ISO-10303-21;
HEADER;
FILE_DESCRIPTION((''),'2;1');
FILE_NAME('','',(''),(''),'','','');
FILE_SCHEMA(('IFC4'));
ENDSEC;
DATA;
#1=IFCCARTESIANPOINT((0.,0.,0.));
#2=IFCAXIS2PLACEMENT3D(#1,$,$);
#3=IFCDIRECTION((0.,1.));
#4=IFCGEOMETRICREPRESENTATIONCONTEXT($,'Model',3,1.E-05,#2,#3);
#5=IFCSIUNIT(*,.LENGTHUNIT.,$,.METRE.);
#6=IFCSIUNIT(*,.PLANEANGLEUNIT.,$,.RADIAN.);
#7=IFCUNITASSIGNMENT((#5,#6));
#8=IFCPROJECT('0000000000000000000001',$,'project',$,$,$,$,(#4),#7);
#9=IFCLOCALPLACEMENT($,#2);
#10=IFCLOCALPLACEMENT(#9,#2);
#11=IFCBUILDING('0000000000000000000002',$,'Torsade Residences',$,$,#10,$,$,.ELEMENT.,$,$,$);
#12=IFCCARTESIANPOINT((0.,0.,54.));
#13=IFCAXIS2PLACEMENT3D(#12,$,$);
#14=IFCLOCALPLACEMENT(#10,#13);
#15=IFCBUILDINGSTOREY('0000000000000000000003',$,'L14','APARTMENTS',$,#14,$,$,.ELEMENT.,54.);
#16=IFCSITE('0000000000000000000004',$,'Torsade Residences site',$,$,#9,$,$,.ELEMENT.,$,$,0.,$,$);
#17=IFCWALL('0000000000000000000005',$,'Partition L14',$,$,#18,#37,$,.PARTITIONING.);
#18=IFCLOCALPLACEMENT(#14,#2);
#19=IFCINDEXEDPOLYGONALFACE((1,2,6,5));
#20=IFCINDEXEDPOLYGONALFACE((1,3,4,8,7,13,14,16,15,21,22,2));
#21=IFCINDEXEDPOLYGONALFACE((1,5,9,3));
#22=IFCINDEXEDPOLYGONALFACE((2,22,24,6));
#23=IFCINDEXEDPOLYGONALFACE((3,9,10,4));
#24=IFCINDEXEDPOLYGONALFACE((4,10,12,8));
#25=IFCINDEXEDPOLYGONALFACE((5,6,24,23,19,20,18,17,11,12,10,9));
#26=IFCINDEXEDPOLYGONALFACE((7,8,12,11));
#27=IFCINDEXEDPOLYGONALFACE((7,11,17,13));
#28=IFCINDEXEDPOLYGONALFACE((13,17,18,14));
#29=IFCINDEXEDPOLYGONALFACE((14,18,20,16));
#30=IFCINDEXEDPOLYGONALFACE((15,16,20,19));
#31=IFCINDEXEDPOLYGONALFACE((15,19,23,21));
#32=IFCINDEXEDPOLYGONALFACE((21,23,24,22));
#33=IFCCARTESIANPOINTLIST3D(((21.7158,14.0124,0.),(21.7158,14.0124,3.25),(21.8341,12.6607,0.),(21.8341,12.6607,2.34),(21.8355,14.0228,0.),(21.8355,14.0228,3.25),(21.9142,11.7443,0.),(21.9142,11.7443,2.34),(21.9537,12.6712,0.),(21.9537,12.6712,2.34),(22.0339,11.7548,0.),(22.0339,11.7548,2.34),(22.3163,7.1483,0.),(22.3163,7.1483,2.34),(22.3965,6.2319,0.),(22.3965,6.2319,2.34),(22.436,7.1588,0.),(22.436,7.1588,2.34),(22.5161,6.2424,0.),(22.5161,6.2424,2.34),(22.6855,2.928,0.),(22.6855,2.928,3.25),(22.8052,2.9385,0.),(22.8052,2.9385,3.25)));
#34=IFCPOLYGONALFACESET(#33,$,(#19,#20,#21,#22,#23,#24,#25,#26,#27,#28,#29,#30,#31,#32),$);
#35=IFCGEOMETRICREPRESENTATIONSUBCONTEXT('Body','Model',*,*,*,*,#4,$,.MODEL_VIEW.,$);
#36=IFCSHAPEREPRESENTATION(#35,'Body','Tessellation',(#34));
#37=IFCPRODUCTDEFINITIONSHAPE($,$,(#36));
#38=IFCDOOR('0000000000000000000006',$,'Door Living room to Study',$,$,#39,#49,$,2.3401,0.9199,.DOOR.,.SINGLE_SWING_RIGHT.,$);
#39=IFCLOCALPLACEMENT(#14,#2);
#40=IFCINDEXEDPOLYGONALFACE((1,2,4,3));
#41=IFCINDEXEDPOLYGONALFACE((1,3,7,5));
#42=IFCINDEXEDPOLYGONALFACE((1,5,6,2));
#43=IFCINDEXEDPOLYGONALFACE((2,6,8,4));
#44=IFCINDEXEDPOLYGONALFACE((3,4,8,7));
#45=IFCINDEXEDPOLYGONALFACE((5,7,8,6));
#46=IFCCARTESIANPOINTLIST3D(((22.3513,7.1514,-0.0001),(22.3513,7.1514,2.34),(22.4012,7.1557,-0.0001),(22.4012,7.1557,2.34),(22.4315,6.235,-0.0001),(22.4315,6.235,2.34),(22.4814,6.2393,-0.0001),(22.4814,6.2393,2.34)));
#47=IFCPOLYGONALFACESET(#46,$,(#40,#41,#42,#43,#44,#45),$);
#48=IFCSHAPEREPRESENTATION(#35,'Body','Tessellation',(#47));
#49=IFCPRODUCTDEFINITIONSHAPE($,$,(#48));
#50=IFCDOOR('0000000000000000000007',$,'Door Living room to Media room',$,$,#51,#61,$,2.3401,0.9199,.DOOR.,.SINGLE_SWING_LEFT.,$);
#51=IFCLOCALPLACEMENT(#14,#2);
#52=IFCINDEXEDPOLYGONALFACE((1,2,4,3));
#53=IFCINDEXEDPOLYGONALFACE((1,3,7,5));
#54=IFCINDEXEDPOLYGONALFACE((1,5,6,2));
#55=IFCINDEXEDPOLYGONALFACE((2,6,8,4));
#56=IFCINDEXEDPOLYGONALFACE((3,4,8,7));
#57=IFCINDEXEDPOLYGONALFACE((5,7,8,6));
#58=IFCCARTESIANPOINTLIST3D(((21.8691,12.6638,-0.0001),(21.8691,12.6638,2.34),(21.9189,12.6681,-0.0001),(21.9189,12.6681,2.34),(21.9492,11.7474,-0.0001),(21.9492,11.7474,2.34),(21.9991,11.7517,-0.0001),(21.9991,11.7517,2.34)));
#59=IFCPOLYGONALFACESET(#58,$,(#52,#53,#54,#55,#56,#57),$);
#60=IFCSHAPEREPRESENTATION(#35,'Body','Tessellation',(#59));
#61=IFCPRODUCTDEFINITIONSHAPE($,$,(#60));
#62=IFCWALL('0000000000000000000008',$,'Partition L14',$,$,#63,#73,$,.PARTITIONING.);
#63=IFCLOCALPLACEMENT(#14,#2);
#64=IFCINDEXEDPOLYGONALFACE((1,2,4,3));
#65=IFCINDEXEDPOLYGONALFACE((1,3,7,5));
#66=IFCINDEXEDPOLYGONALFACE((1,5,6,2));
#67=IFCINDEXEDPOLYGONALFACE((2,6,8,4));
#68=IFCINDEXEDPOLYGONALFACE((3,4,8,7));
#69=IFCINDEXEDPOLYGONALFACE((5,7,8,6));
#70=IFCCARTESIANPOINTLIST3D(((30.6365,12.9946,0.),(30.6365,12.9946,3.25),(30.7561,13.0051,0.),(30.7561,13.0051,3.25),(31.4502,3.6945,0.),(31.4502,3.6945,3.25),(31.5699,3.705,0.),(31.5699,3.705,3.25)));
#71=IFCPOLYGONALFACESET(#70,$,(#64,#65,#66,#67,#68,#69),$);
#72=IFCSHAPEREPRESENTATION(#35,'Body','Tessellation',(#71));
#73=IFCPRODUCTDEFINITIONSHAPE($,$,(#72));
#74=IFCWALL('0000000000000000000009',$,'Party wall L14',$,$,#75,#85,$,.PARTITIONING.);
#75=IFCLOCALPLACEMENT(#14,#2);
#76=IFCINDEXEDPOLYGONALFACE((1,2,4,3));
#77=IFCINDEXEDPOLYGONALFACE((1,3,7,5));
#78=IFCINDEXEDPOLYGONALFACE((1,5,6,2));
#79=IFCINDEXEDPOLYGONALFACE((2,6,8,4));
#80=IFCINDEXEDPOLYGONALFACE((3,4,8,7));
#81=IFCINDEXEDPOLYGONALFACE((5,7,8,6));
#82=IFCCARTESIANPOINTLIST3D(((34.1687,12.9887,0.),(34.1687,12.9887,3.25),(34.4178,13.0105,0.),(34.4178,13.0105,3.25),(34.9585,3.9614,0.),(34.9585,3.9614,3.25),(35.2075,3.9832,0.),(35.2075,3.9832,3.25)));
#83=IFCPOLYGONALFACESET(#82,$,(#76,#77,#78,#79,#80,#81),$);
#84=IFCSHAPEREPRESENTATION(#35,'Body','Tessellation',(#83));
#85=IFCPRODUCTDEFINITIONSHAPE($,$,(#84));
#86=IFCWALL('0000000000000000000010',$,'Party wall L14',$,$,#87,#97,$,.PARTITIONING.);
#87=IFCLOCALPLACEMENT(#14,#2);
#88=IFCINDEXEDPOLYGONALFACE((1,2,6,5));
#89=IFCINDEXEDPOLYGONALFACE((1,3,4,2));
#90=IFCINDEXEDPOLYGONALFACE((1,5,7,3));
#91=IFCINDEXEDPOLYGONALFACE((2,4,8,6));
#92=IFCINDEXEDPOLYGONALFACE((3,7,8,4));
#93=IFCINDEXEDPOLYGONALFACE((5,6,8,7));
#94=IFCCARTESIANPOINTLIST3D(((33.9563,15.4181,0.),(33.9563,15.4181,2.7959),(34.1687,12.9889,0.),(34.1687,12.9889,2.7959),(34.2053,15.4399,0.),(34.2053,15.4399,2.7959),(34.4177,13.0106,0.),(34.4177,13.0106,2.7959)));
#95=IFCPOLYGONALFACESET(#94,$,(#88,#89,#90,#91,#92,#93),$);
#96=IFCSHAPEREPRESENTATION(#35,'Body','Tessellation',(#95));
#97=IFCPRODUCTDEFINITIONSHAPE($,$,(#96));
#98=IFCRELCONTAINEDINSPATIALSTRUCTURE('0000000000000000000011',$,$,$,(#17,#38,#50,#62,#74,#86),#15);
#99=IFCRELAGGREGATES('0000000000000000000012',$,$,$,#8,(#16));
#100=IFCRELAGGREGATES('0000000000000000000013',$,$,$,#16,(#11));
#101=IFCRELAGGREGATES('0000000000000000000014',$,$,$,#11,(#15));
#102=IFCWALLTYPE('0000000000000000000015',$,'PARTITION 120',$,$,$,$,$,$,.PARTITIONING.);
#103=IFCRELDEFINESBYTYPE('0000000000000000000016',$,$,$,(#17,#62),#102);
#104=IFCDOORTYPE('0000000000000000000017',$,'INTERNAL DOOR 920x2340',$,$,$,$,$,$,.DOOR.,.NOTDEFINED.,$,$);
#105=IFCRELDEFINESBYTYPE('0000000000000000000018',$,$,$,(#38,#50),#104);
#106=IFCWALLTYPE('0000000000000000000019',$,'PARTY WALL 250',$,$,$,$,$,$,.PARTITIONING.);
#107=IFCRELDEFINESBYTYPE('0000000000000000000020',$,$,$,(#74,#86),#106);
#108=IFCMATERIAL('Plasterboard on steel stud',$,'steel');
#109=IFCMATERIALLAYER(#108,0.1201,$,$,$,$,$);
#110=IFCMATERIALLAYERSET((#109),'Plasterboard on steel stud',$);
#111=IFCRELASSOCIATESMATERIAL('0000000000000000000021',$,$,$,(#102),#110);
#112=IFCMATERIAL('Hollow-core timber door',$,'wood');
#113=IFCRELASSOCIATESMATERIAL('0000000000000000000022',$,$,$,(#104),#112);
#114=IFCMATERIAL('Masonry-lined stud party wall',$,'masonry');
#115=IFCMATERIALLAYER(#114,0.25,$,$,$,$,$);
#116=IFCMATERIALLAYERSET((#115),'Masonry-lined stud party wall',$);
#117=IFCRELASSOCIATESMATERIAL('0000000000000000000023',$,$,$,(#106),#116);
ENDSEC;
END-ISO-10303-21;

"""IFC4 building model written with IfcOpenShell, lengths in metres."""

from ifc_helpers import new_model, si_unit, direction, frame, frame_2d, origin, place, context, subcontext, project, spatial, rectangle, extrude, material, layer, layer_set, type_object, element, fill, save


model = new_model("IFC4")

# Units and contexts
model_context = context("Model", 3, precision=1e-05, world=origin(), true_north=direction((0.0, 1.0)))
body_context = subcontext(model_context, "Body", "Model", "MODEL_VIEW")
ifc_project = project(units=[si_unit("LENGTHUNIT", "METRE"), si_unit("PLANEANGLEUNIT", "RADIAN")], contexts=[model_context])

# Site, building, storey
site_placement = place(None, origin())
site = spatial("IfcSite", under=ifc_project, at=site_placement, Name="Torsade Residences site", CompositionType="ELEMENT", RefElevation=0.0)
building_placement = place(site_placement, origin())
building = spatial("IfcBuilding", under=site, at=building_placement, Name="Torsade Residences", CompositionType="ELEMENT")
storey_placement = place(building_placement, frame((0.0, 0.0, 54.0)))
storey = spatial("IfcBuildingStorey", under=building, at=storey_placement, Name="L14", Description="APARTMENTS", CompositionType="ELEMENT", Elevation=54.0)

# Shared definitions
ifc_material_1 = material(Name="Plasterboard on steel stud", Category="steel")
ifc_layer_1 = layer(ifc_material_1, 0.1201)
ifc_layer_set_1 = layer_set([ifc_layer_1], Name="Plasterboard on steel stud")
wall_type_1 = type_object("IfcWallType", Name="PARTITION 120", PredefinedType="PARTITIONING", material=ifc_layer_set_1)

# Wall, openings, doors
wall_1_placement = place(storey_placement, frame((22.7454, 2.9331, 0.0), z_axis=(0.0, 0.0, 1.0), x_axis=(-0.087152, 0.996195, 0.0)))
wall_1 = element("IfcWall", 1, at=wall_1_placement, inside=storey, type_object=wall_type_1, Name="Partition L14", PredefinedType="PARTITIONING", context=body_context, shape_type="SweptSolid", body=[
    extrude(rectangle(XDim=11.1267, YDim=0.1201, at=frame_2d((5.5635, 0.0))), origin(), (0.0, 0.0, 1.0), 3.25),
])
opening_1_placement = place(wall_1_placement, frame((3.3167, 0.0, 0.0)))
opening_1 = element("IfcOpeningElement", 2, at=opening_1_placement, cuts=wall_1, PredefinedType="OPENING", context=body_context, shape_type="SweptSolid", body=[
    extrude(rectangle(XDim=0.9199, YDim=2.3401, at=frame_2d((0.46, 1.1699))), frame((0.0, 0.0701, 0.0), z_axis=(0.0, -1.0, 0.0), x_axis=(1.0, 0.0, 0.0)), (0.0, 0.0, 1.0), 0.1401),
])
opening_2_placement = place(wall_1_placement, frame((8.8501, 0.0, 0.0)))
opening_2 = element("IfcOpeningElement", 3, at=opening_2_placement, cuts=wall_1, PredefinedType="OPENING", context=body_context, shape_type="SweptSolid", body=[
    extrude(rectangle(XDim=0.9199, YDim=2.3401, at=frame_2d((0.46, 1.1699))), frame((0.0, 0.0701, 0.0), z_axis=(0.0, -1.0, 0.0), x_axis=(1.0, 0.0, 0.0)), (0.0, 0.0, 1.0), 0.1401),
])
ifc_material_2 = material(Name="Hollow-core timber door", Category="wood")
door_type_1 = type_object("IfcDoorType", Name="INTERNAL DOOR 920x2340", OperationType="NOTDEFINED", PredefinedType="DOOR", material=ifc_material_2)
door_1_placement = place(opening_1_placement, origin())
door_1 = element("IfcDoor", 4, at=door_1_placement, inside=storey, type_object=door_type_1, Name="Door Living room to Study", OperationType="SINGLE_SWING_RIGHT", OverallHeight=2.3401, OverallWidth=0.9199, PredefinedType="DOOR", context=body_context, shape_type="SweptSolid", body=[
    extrude(rectangle(XDim=0.9199, YDim=2.3401, at=frame_2d((0.46, 1.1699))), frame((0.0, 0.0249, 0.0), z_axis=(0.0, -1.0, 0.0), x_axis=(1.0, 0.0, 0.0)), (0.0, 0.0, 1.0), 0.05),
])
fill(opening_1, door_1)
door_2_placement = place(opening_2_placement, origin())
door_2 = element("IfcDoor", 5, at=door_2_placement, inside=storey, type_object=door_type_1, Name="Door Living room to Media room", OperationType="SINGLE_SWING_LEFT", OverallHeight=2.3401, OverallWidth=0.9199, PredefinedType="DOOR", context=body_context, shape_type="SweptSolid", body=[
    extrude(rectangle(XDim=0.9199, YDim=2.3401, at=frame_2d((0.46, 1.1699))), frame((0.0, 0.0249, 0.0), z_axis=(0.0, -1.0, 0.0), x_axis=(1.0, 0.0, 0.0)), (0.0, 0.0, 1.0), 0.05),
])
fill(opening_2, door_2)

# Walls
wall_2_placement = place(storey_placement, frame((30.6963, 13.0, 0.0), z_axis=(0.0, 0.0, 1.0), x_axis=(0.087163, -0.996194, 0.0)))
element("IfcWall", 6, at=wall_2_placement, inside=storey, type_object=wall_type_1, Name="Partition L14", PredefinedType="PARTITIONING", context=body_context, shape_type="SweptSolid", body=[
    extrude(rectangle(XDim=9.3357, YDim=0.1201, at=frame_2d((4.668, 0.0))), origin(), (0.0, 0.0, 1.0), 3.25),
])
ifc_material_3 = material(Name="Masonry-lined stud party wall", Category="masonry")
ifc_layer_2 = layer(ifc_material_3, 0.25)
ifc_layer_set_2 = layer_set([ifc_layer_2], Name="Masonry-lined stud party wall")
wall_type_2 = type_object("IfcWallType", Name="PARTY WALL 250", PredefinedType="PARTITIONING", material=ifc_layer_set_2)
wall_3_placement = place(storey_placement, frame((35.083, 3.9724, 0.0), z_axis=(0.0, 0.0, 1.0), x_axis=(-0.087156, 0.996195, 0.0)))
element("IfcWall", 7, at=wall_3_placement, inside=storey, type_object=wall_type_2, Name="Party wall L14", PredefinedType="PARTITIONING", context=body_context, shape_type="SweptSolid", body=[
    extrude(rectangle(XDim=9.0618, YDim=0.25, at=frame_2d((4.5308, 0.0))), origin(), (0.0, 0.0, 1.0), 3.25),
])
wall_4_placement = place(storey_placement, frame((34.2932, 12.9998, 0.0), z_axis=(0.0, 0.0, 1.0), x_axis=(-0.087105, 0.996199, 0.0)))
element("IfcWall", 8, at=wall_4_placement, inside=storey, type_object=wall_type_2, Name="Party wall L14", PredefinedType="PARTITIONING", context=body_context, shape_type="SweptSolid", body=[
    extrude(rectangle(XDim=2.4385, YDim=0.25, at=frame_2d((1.2192, 0.0))), origin(), (0.0, 0.0, 1.0), 2.7959),
])

save(model, "model.ifc")
